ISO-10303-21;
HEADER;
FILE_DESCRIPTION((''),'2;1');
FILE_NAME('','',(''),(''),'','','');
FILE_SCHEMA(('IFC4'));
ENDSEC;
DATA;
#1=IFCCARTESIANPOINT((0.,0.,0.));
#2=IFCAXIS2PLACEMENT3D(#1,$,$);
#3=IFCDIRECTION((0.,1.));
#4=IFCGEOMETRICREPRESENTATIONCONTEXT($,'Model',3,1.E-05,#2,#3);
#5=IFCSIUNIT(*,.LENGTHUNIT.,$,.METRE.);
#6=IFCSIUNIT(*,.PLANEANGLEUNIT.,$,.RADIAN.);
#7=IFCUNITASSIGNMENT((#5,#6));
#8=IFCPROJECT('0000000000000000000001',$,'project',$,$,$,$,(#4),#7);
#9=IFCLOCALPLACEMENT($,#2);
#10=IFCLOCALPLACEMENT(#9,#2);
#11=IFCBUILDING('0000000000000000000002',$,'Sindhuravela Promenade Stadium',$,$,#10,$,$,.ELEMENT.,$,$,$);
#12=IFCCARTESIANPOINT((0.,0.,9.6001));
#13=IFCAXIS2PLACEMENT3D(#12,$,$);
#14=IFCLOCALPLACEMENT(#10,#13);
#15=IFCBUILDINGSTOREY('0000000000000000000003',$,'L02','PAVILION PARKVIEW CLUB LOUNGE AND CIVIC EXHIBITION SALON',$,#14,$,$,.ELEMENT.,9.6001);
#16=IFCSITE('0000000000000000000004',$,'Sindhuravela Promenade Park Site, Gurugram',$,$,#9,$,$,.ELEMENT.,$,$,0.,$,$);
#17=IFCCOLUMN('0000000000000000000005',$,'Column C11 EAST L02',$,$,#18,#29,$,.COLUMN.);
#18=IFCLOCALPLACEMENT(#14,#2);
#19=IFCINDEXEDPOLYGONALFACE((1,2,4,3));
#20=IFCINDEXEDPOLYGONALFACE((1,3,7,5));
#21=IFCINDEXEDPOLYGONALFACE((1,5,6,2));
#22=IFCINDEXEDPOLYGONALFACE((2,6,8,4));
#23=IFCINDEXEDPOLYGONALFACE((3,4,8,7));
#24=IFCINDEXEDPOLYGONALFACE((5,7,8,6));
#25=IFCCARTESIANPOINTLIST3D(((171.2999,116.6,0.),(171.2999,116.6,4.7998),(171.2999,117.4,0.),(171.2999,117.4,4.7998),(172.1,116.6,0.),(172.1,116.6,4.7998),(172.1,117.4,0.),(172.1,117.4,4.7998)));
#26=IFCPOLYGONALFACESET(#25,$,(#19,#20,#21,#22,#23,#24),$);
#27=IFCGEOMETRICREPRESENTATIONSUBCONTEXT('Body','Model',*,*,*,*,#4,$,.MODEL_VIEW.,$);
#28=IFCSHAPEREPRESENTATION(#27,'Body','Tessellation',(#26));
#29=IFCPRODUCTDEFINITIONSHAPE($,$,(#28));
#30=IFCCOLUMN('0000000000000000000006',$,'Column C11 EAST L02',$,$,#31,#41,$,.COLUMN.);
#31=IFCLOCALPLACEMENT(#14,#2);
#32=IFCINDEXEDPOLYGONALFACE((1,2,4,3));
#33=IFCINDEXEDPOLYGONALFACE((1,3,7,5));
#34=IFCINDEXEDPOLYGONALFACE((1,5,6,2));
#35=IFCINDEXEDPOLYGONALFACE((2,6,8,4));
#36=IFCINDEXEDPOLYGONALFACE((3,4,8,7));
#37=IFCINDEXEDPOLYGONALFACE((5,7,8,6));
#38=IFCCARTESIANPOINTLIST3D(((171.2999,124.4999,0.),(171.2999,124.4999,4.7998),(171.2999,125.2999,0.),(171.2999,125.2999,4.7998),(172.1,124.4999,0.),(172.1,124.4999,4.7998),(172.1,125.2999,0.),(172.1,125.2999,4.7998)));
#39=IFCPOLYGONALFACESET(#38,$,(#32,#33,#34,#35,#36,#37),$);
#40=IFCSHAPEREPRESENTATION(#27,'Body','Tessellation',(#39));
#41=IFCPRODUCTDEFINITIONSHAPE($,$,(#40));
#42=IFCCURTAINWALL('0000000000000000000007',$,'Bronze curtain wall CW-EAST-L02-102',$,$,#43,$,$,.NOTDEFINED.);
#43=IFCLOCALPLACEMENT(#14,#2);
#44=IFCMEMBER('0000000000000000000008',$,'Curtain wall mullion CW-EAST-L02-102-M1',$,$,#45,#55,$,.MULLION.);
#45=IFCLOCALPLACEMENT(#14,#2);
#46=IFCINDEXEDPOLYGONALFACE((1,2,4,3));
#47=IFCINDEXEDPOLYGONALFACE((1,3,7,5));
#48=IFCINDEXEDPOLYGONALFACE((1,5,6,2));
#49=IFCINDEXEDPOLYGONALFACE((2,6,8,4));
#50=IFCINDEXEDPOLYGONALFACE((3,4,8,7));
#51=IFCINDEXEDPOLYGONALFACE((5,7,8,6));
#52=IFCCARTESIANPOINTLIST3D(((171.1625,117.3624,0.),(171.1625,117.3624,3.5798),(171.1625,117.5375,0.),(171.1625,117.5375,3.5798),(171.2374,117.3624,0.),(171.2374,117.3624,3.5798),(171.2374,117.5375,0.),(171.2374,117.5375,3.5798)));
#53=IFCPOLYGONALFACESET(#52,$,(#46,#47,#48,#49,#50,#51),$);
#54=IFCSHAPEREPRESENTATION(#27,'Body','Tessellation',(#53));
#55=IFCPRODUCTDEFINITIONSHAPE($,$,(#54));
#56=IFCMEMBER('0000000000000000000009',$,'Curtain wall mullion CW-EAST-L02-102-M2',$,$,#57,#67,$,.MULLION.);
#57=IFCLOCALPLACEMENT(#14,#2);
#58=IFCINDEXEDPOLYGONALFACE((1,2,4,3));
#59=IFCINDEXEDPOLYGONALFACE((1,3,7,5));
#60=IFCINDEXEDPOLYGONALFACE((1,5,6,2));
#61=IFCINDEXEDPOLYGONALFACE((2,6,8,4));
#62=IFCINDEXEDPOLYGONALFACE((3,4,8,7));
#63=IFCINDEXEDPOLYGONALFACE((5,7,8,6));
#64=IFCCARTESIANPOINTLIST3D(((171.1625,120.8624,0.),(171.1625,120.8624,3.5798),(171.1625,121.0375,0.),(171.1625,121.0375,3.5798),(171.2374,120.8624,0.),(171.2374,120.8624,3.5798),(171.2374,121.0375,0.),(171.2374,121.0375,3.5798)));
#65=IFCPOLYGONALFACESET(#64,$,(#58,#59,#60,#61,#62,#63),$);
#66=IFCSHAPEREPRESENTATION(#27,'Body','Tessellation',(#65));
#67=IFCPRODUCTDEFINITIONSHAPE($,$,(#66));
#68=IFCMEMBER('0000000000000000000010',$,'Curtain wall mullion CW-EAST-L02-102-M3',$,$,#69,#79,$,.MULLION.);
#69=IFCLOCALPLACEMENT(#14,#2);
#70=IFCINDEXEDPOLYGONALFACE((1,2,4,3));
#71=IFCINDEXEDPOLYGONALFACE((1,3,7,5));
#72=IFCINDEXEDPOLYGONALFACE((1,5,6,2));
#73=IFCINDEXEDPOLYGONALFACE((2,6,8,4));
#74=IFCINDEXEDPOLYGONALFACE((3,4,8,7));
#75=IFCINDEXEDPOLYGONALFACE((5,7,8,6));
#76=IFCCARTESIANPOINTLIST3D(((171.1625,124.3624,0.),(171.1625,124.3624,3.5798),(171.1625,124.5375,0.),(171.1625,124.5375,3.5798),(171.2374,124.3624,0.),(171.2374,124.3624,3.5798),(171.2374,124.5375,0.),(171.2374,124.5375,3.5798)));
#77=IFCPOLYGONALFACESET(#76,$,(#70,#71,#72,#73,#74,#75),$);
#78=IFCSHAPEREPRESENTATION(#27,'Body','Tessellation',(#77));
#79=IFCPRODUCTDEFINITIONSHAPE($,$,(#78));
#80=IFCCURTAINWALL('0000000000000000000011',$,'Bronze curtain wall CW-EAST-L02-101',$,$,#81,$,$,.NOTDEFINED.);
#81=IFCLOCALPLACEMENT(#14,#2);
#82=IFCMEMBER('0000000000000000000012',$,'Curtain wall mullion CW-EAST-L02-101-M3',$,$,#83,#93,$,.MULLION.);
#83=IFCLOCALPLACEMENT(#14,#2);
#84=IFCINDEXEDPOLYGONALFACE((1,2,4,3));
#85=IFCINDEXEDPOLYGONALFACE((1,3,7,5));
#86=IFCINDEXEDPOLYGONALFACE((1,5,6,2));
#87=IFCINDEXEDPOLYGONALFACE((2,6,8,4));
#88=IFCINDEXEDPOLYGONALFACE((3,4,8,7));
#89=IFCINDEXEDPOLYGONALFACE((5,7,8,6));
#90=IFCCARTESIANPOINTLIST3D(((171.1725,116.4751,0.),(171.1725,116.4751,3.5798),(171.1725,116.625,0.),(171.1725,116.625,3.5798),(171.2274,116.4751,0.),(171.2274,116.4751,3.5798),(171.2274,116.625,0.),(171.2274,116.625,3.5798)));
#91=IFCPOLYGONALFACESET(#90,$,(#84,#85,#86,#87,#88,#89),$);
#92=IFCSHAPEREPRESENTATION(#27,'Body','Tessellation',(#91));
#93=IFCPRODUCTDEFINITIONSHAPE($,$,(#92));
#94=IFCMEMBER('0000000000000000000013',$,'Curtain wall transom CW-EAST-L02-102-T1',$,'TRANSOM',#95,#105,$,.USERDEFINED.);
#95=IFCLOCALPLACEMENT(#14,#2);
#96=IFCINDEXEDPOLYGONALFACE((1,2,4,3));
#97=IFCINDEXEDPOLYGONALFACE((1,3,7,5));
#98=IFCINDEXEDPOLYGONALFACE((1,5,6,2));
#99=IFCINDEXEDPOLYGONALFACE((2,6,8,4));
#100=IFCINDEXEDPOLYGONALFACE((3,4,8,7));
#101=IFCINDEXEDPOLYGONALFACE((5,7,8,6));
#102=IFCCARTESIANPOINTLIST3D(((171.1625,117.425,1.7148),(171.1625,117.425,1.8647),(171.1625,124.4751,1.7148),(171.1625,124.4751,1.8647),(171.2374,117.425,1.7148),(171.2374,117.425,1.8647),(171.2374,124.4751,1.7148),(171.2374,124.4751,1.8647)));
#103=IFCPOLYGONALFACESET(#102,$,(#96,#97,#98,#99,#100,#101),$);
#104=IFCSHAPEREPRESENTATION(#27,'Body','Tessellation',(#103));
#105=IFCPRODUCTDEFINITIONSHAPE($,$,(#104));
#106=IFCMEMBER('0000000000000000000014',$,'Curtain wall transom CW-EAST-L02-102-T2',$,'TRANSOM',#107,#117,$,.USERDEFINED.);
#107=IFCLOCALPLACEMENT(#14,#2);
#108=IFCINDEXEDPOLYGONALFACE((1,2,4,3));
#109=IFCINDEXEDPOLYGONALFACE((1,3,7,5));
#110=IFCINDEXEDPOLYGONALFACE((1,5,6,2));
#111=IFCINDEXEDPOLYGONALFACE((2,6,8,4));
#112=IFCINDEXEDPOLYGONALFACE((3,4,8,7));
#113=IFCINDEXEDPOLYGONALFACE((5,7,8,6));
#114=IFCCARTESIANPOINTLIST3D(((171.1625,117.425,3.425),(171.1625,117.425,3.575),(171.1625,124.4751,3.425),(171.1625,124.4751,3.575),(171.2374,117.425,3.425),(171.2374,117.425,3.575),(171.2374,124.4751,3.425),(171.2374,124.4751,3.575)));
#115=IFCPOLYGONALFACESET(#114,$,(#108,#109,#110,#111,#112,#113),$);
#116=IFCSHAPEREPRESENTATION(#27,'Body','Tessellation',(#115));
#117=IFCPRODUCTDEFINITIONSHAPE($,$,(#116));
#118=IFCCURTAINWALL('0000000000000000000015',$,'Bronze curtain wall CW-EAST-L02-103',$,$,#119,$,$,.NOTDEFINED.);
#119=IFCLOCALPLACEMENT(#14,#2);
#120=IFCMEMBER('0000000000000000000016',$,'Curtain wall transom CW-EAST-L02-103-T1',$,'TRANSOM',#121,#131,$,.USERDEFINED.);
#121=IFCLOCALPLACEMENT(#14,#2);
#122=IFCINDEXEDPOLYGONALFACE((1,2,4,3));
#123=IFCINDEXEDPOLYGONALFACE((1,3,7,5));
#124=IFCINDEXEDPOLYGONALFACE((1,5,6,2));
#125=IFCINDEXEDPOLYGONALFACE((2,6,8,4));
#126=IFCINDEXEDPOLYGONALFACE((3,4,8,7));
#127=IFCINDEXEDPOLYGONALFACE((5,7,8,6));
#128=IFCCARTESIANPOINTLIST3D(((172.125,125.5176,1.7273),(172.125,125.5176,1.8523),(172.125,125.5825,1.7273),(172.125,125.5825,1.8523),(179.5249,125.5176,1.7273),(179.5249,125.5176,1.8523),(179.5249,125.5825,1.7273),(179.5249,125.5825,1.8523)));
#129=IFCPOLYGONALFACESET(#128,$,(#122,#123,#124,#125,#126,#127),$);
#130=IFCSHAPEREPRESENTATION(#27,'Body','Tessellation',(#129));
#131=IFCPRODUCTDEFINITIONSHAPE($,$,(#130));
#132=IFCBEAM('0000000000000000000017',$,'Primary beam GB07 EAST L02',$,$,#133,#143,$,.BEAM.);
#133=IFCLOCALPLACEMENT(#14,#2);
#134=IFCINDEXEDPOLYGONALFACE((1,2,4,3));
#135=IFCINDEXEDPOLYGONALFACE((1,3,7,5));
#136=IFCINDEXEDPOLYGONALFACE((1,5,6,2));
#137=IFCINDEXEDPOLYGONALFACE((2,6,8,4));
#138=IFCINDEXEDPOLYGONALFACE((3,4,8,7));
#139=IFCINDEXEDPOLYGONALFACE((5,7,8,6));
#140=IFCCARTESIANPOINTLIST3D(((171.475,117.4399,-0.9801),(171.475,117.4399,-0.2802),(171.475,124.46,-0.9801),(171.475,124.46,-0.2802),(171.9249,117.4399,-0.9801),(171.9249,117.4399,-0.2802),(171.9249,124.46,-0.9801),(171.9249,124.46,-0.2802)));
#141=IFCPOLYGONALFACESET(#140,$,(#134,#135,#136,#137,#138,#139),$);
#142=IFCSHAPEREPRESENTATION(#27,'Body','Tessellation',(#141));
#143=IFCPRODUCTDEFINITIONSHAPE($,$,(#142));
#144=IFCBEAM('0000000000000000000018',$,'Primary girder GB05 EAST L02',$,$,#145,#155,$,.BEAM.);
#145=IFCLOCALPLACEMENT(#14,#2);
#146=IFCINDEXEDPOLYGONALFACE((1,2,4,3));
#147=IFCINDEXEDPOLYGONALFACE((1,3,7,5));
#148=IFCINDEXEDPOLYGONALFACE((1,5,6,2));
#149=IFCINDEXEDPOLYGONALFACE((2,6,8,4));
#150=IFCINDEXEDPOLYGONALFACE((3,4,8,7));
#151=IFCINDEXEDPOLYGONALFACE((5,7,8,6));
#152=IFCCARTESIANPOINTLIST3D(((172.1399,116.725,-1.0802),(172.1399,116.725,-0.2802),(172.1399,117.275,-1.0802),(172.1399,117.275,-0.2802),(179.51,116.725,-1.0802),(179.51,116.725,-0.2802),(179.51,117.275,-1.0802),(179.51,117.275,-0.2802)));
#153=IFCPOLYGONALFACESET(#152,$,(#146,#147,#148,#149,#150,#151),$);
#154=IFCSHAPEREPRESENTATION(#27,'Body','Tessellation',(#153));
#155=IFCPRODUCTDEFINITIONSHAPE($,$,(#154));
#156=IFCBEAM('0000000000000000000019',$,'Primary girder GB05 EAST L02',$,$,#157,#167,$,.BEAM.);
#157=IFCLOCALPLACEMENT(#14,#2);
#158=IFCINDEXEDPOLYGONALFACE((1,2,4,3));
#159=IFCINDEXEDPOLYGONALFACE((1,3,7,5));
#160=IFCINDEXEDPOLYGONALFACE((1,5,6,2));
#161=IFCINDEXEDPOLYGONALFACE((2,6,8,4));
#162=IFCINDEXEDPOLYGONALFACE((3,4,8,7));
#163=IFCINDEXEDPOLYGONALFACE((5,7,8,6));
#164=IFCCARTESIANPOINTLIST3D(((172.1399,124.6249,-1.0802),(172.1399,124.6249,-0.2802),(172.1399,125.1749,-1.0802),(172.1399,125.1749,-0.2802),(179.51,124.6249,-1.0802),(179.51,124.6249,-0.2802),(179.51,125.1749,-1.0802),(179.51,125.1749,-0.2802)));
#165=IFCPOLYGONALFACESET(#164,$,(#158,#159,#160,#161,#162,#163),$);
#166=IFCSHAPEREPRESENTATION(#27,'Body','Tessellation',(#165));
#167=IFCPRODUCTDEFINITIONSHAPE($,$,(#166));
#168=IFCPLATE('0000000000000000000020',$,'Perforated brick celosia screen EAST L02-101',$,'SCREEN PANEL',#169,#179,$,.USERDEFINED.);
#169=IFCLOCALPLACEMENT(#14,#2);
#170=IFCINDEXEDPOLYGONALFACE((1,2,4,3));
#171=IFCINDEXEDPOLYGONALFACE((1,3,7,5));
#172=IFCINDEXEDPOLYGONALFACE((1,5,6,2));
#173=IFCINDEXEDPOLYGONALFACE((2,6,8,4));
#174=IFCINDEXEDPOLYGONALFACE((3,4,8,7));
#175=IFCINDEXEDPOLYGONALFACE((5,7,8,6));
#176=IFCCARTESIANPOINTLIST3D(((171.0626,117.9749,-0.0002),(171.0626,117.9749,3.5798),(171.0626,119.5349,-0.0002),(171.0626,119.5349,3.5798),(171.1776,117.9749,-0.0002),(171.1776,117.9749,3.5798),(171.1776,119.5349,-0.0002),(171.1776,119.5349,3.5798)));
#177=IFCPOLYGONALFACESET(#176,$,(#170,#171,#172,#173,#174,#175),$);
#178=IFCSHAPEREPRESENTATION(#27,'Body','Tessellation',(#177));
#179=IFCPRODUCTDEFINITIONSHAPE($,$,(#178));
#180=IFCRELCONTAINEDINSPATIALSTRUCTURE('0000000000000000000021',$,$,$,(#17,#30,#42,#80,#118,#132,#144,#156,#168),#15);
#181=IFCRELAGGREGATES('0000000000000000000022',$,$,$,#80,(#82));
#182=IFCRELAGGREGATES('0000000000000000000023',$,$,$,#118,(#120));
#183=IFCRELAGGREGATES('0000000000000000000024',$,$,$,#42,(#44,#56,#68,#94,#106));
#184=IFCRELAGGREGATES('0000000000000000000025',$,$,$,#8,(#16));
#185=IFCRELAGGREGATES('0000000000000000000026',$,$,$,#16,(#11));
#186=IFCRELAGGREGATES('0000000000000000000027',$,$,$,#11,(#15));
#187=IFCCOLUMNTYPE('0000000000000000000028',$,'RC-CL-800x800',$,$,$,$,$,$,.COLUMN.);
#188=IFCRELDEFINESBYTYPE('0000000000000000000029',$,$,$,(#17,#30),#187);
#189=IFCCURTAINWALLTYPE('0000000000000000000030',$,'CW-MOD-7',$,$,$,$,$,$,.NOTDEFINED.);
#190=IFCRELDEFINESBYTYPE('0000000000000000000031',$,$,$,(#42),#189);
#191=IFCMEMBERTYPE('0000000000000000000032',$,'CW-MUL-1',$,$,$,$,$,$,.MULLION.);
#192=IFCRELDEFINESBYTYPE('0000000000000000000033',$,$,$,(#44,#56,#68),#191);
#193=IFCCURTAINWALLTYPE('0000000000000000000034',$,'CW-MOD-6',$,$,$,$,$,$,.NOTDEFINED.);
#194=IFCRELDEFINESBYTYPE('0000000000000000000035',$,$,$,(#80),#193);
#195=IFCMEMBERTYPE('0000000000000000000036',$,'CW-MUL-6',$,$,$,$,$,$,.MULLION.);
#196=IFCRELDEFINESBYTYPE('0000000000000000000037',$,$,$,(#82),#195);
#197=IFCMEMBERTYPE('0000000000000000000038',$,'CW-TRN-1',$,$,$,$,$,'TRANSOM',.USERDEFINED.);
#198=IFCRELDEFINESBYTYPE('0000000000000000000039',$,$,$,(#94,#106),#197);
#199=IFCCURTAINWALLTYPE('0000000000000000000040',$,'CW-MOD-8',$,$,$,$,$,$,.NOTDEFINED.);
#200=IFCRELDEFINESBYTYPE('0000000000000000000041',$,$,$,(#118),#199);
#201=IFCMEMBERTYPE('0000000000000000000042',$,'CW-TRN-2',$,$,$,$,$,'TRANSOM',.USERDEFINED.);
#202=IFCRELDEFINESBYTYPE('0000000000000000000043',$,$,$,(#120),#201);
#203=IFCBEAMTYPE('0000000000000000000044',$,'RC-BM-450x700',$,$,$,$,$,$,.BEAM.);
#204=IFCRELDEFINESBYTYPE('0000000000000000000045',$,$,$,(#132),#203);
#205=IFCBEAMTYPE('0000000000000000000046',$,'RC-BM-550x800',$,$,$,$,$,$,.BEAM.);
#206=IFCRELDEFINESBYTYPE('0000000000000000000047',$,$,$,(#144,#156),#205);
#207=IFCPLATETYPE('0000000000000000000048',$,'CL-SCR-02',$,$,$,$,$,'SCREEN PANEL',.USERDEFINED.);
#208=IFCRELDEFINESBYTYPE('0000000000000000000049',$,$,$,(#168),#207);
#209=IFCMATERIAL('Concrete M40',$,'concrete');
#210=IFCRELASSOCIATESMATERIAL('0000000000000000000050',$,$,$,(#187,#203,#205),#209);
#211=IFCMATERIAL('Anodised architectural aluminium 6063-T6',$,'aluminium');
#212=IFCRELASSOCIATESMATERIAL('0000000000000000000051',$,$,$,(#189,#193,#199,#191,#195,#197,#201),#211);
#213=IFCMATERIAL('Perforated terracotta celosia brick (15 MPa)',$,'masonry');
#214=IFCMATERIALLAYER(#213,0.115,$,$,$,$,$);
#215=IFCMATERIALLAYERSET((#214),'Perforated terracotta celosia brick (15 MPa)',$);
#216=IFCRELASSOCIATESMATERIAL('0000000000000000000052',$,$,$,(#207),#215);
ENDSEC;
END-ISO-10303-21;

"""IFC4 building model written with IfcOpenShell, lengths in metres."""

from ifc_helpers import new_model, si_unit, direction, frame, origin, origin_2d, place, context, subcontext, project, spatial, rectangle, extrude, material, layer, layer_set, material_profile, profile_set, type_object, element, aggregate, save


model = new_model("IFC4")

# Units and contexts
model_context = context("Model", 3, precision=1e-05, world=origin(), true_north=direction((0.0, 1.0)))
body_context = subcontext(model_context, "Body", "Model", "MODEL_VIEW")
ifc_project = project(units=[si_unit("LENGTHUNIT", "METRE"), si_unit("PLANEANGLEUNIT", "RADIAN")], contexts=[model_context])

# Site, building, storey
site_placement = place(None, origin())
site = spatial("IfcSite", under=ifc_project, at=site_placement, Name="Sindhuravela Promenade Park Site, Gurugram", CompositionType="ELEMENT", RefElevation=0.0)
building_placement = place(site_placement, origin())
building = spatial("IfcBuilding", under=site, at=building_placement, Name="Sindhuravela Promenade Stadium", CompositionType="ELEMENT")
storey_placement = place(building_placement, frame((0.0, 0.0, 9.6001)))
storey = spatial("IfcBuildingStorey", under=building, at=storey_placement, Name="L02", Description="PAVILION PARKVIEW CLUB LOUNGE AND CIVIC EXHIBITION SALON", CompositionType="ELEMENT", Elevation=9.6001)

# Columns
ifc_material_1 = material(Name="Concrete M40", Category="concrete")
ifc_material_profile_1 = material_profile(ifc_material_1, rectangle(XDim=0.8, YDim=0.8, at=origin_2d()), Name="RC 800x800")
ifc_profile_set_1 = profile_set([ifc_material_profile_1], Name="Concrete M40")
column_type = type_object("IfcColumnType", Name="RC-CL-800x800", PredefinedType="COLUMN", material=ifc_profile_set_1)
for number, where, z_axis, x_axis, name in (
    (1, (171.7, 117.0, 0.0), (0.0, 0.0, 1.0), (1.0, 0.0, 0.0), "Column C11 EAST L02"),
    (2, (171.7, 124.8999, 0.0), (0.0, 0.0, 1.0), (1.0, 0.0, 0.0), "Column C11 EAST L02"),
):
    element("IfcColumn", number, at=place(storey_placement, frame(where, z_axis=z_axis, x_axis=x_axis)), inside=storey, type_object=column_type, Name=name, PredefinedType="COLUMN", context=body_context, shape_type="SweptSolid", body=[
        extrude(rectangle(XDim=0.8, YDim=0.8, at=origin_2d()), origin(), (0.0, 0.0, 1.0), 4.7998),
    ])

# Curtain wall, members
ifc_material_2 = material(Name="Anodised architectural aluminium 6063-T6", Category="aluminium")
curtain_wall_type_1 = type_object("IfcCurtainWallType", Name="CW-MOD-7", PredefinedType="NOTDEFINED", material=ifc_material_2)
curtain_wall_1_placement = place(storey_placement, origin())
curtain_wall_1 = element("IfcCurtainWall", 3, at=curtain_wall_1_placement, inside=storey, type_object=curtain_wall_type_1, Name="Bronze curtain wall CW-EAST-L02-102", PredefinedType="NOTDEFINED")
ifc_material_profile_2 = material_profile(ifc_material_2, rectangle(XDim=0.075, YDim=0.175, at=origin_2d()), Name="ALU MULL 75x175")
ifc_profile_set_2 = profile_set([ifc_material_profile_2], Name="Anodised architectural aluminium 6063-T6")
member_type_1 = type_object("IfcMemberType", Name="CW-MUL-1", PredefinedType="MULLION", material=ifc_profile_set_2)
member_1_placement = place(storey_placement, frame((171.2, 117.45, 0.0), z_axis=(0.0, 0.0, 1.0), x_axis=(1.0, 0.0, 0.0)))
member_1 = element("IfcMember", 4, at=member_1_placement, type_object=member_type_1, Name="Curtain wall mullion CW-EAST-L02-102-M1", PredefinedType="MULLION", context=body_context, shape_type="SweptSolid", body=[
    extrude(rectangle(XDim=0.075, YDim=0.175, at=origin_2d()), origin(), (0.0, 0.0, 1.0), 3.5798),
])
member_2_placement = place(storey_placement, frame((171.2, 120.95, 0.0), z_axis=(0.0, 0.0, 1.0), x_axis=(1.0, 0.0, 0.0)))
member_2 = element("IfcMember", 5, at=member_2_placement, type_object=member_type_1, Name="Curtain wall mullion CW-EAST-L02-102-M2", PredefinedType="MULLION", context=body_context, shape_type="SweptSolid", body=[
    extrude(rectangle(XDim=0.075, YDim=0.175, at=origin_2d()), origin(), (0.0, 0.0, 1.0), 3.5798),
])
member_3_placement = place(storey_placement, frame((171.2, 124.45, 0.0), z_axis=(0.0, 0.0, 1.0), x_axis=(1.0, 0.0, 0.0)))
member_3 = element("IfcMember", 6, at=member_3_placement, type_object=member_type_1, Name="Curtain wall mullion CW-EAST-L02-102-M3", PredefinedType="MULLION", context=body_context, shape_type="SweptSolid", body=[
    extrude(rectangle(XDim=0.075, YDim=0.175, at=origin_2d()), origin(), (0.0, 0.0, 1.0), 3.5798),
])

# Curtain wall, member
curtain_wall_type_2 = type_object("IfcCurtainWallType", Name="CW-MOD-6", PredefinedType="NOTDEFINED", material=ifc_material_2)
curtain_wall_2_placement = place(storey_placement, origin())
curtain_wall_2 = element("IfcCurtainWall", 7, at=curtain_wall_2_placement, inside=storey, type_object=curtain_wall_type_2, Name="Bronze curtain wall CW-EAST-L02-101", PredefinedType="NOTDEFINED")
ifc_material_profile_3 = material_profile(ifc_material_2, rectangle(XDim=0.0549, YDim=0.1499, at=origin_2d()), Name="ALU M55x150")
ifc_profile_set_3 = profile_set([ifc_material_profile_3], Name="Anodised architectural aluminium 6063-T6")
member_type_2 = type_object("IfcMemberType", Name="CW-MUL-6", PredefinedType="MULLION", material=ifc_profile_set_3)
member_4_placement = place(storey_placement, frame((171.2, 116.55, 0.0), z_axis=(0.0, 0.0, 1.0), x_axis=(1.0, 0.0, 0.0)))
member_4 = element("IfcMember", 8, at=member_4_placement, type_object=member_type_2, Name="Curtain wall mullion CW-EAST-L02-101-M3", PredefinedType="MULLION", context=body_context, shape_type="SweptSolid", body=[
    extrude(rectangle(XDim=0.0549, YDim=0.1499, at=origin_2d()), origin(), (0.0, 0.0, 1.0), 3.5798),
])
aggregate(curtain_wall_2, [member_4])

# Members
ifc_material_profile_4 = material_profile(ifc_material_2, rectangle(XDim=0.075, YDim=0.1499, at=origin_2d()), Name="ALU TRAN 75x150")
ifc_profile_set_4 = profile_set([ifc_material_profile_4], Name="Anodised architectural aluminium 6063-T6")
member_type_3 = type_object("IfcMemberType", Name="CW-TRN-1", ElementType="TRANSOM", PredefinedType="USERDEFINED", material=ifc_profile_set_4)
member_5_placement = place(storey_placement, frame((171.2, 117.425, 1.7898), z_axis=(0.0, 1.0, 0.0), x_axis=(-1.0, 0.0, 0.0)))
member_5 = element("IfcMember", 9, at=member_5_placement, type_object=member_type_3, Name="Curtain wall transom CW-EAST-L02-102-T1", ObjectType="TRANSOM", PredefinedType="USERDEFINED", context=body_context, shape_type="SweptSolid", body=[
    extrude(rectangle(XDim=0.075, YDim=0.1499, at=origin_2d()), origin(), (0.0, 0.0, 1.0), 7.05),
])
member_6_placement = place(storey_placement, frame((171.2, 117.425, 3.5), z_axis=(0.0, 1.0, 0.0), x_axis=(-1.0, 0.0, 0.0)))
member_6 = element("IfcMember", 10, at=member_6_placement, type_object=member_type_3, Name="Curtain wall transom CW-EAST-L02-102-T2", ObjectType="TRANSOM", PredefinedType="USERDEFINED", context=body_context, shape_type="SweptSolid", body=[
    extrude(rectangle(XDim=0.075, YDim=0.1499, at=origin_2d()), origin(), (0.0, 0.0, 1.0), 7.05),
])

# Curtain wall, member
curtain_wall_type_3 = type_object("IfcCurtainWallType", Name="CW-MOD-8", PredefinedType="NOTDEFINED", material=ifc_material_2)
curtain_wall_3_placement = place(storey_placement, origin())
curtain_wall_3 = element("IfcCurtainWall", 11, at=curtain_wall_3_placement, inside=storey, type_object=curtain_wall_type_3, Name="Bronze curtain wall CW-EAST-L02-103", PredefinedType="NOTDEFINED")
ifc_material_profile_5 = material_profile(ifc_material_2, rectangle(XDim=0.0649, YDim=0.125, at=origin_2d()), Name="ALU TRAN 65x125")
ifc_profile_set_5 = profile_set([ifc_material_profile_5], Name="Anodised architectural aluminium 6063-T6")
member_type_4 = type_object("IfcMemberType", Name="CW-TRN-2", ElementType="TRANSOM", PredefinedType="USERDEFINED", material=ifc_profile_set_5)
member_7_placement = place(storey_placement, frame((172.125, 125.55, 1.7898), z_axis=(1.0, 0.0, 0.0), x_axis=(0.0, 1.0, 0.0)))
member_7 = element("IfcMember", 12, at=member_7_placement, type_object=member_type_4, Name="Curtain wall transom CW-EAST-L02-103-T1", ObjectType="TRANSOM", PredefinedType="USERDEFINED", context=body_context, shape_type="SweptSolid", body=[
    extrude(rectangle(XDim=0.0649, YDim=0.125, at=origin_2d()), origin(), (0.0, 0.0, 1.0), 7.3999),
])
aggregate(curtain_wall_3, [member_7])

# Beams
ifc_material_profile_6 = material_profile(ifc_material_1, rectangle(XDim=0.45, YDim=0.7, at=origin_2d()), Name="RC 450x700")
ifc_profile_set_6 = profile_set([ifc_material_profile_6], Name="Concrete M40")
beam_type_1 = type_object("IfcBeamType", Name="RC-BM-450x700", PredefinedType="BEAM", material=ifc_profile_set_6)
beam_placement = place(storey_placement, frame((171.7, 117.4399, -0.6301), z_axis=(0.0, 1.0, 0.0), x_axis=(-1.0, 0.0, 0.0)))
element("IfcBeam", 13, at=beam_placement, inside=storey, type_object=beam_type_1, Name="Primary beam GB07 EAST L02", PredefinedType="BEAM", context=body_context, shape_type="SweptSolid", body=[
    extrude(rectangle(XDim=0.45, YDim=0.7, at=origin_2d()), origin(), (0.0, 0.0, 1.0), 7.02),
])
ifc_material_profile_7 = material_profile(ifc_material_1, rectangle(XDim=0.55, YDim=0.8, at=origin_2d()), Name="RC 550x800")
ifc_profile_set_7 = profile_set([ifc_material_profile_7], Name="Concrete M40")
beam_type_2 = type_object("IfcBeamType", Name="RC-BM-550x800", PredefinedType="BEAM", material=ifc_profile_set_7)
for number, where, z_axis, x_axis, name in (
    (14, (172.1399, 117.0, -0.6802), (1.0, 0.0, 0.0), (0.0, 1.0, 0.0), "Primary girder GB05 EAST L02"),
    (15, (172.1399, 124.8999, -0.6802), (1.0, 0.0, 0.0), (0.0, 1.0, 0.0), "Primary girder GB05 EAST L02"),
):
    element("IfcBeam", number, at=place(storey_placement, frame(where, z_axis=z_axis, x_axis=x_axis)), inside=storey, type_object=beam_type_2, Name=name, PredefinedType="BEAM", context=body_context, shape_type="SweptSolid", body=[
        extrude(rectangle(XDim=0.55, YDim=0.8, at=origin_2d()), origin(), (0.0, 0.0, 1.0), 7.3701),
    ])

# Plate
ifc_material_3 = material(Name="Perforated terracotta celosia brick (15 MPa)", Category="masonry")
ifc_layer_1 = layer(ifc_material_3, 0.115)
ifc_layer_set_1 = layer_set([ifc_layer_1], Name="Perforated terracotta celosia brick (15 MPa)")
plate_type_1 = type_object("IfcPlateType", Name="CL-SCR-02", ElementType="SCREEN PANEL", PredefinedType="USERDEFINED", material=ifc_layer_set_1)
plate_1_placement = place(storey_placement, frame((171.1201, 118.7549, -0.0002), z_axis=(0.0, 0.0, 1.0), x_axis=(0.0, 1.0, 0.0)))
element("IfcPlate", 16, at=plate_1_placement, inside=storey, type_object=plate_type_1, Name="Perforated brick celosia screen EAST L02-101", ObjectType="SCREEN PANEL", PredefinedType="USERDEFINED", context=body_context, shape_type="SweptSolid", body=[
    extrude(rectangle(XDim=1.5601, YDim=0.115, at=origin_2d()), origin(), (0.0, 0.0, 1.0), 3.5801),
])

aggregate(curtain_wall_1, [member_1, member_2, member_3, member_5, member_6])

save(model, "model.ifc")
